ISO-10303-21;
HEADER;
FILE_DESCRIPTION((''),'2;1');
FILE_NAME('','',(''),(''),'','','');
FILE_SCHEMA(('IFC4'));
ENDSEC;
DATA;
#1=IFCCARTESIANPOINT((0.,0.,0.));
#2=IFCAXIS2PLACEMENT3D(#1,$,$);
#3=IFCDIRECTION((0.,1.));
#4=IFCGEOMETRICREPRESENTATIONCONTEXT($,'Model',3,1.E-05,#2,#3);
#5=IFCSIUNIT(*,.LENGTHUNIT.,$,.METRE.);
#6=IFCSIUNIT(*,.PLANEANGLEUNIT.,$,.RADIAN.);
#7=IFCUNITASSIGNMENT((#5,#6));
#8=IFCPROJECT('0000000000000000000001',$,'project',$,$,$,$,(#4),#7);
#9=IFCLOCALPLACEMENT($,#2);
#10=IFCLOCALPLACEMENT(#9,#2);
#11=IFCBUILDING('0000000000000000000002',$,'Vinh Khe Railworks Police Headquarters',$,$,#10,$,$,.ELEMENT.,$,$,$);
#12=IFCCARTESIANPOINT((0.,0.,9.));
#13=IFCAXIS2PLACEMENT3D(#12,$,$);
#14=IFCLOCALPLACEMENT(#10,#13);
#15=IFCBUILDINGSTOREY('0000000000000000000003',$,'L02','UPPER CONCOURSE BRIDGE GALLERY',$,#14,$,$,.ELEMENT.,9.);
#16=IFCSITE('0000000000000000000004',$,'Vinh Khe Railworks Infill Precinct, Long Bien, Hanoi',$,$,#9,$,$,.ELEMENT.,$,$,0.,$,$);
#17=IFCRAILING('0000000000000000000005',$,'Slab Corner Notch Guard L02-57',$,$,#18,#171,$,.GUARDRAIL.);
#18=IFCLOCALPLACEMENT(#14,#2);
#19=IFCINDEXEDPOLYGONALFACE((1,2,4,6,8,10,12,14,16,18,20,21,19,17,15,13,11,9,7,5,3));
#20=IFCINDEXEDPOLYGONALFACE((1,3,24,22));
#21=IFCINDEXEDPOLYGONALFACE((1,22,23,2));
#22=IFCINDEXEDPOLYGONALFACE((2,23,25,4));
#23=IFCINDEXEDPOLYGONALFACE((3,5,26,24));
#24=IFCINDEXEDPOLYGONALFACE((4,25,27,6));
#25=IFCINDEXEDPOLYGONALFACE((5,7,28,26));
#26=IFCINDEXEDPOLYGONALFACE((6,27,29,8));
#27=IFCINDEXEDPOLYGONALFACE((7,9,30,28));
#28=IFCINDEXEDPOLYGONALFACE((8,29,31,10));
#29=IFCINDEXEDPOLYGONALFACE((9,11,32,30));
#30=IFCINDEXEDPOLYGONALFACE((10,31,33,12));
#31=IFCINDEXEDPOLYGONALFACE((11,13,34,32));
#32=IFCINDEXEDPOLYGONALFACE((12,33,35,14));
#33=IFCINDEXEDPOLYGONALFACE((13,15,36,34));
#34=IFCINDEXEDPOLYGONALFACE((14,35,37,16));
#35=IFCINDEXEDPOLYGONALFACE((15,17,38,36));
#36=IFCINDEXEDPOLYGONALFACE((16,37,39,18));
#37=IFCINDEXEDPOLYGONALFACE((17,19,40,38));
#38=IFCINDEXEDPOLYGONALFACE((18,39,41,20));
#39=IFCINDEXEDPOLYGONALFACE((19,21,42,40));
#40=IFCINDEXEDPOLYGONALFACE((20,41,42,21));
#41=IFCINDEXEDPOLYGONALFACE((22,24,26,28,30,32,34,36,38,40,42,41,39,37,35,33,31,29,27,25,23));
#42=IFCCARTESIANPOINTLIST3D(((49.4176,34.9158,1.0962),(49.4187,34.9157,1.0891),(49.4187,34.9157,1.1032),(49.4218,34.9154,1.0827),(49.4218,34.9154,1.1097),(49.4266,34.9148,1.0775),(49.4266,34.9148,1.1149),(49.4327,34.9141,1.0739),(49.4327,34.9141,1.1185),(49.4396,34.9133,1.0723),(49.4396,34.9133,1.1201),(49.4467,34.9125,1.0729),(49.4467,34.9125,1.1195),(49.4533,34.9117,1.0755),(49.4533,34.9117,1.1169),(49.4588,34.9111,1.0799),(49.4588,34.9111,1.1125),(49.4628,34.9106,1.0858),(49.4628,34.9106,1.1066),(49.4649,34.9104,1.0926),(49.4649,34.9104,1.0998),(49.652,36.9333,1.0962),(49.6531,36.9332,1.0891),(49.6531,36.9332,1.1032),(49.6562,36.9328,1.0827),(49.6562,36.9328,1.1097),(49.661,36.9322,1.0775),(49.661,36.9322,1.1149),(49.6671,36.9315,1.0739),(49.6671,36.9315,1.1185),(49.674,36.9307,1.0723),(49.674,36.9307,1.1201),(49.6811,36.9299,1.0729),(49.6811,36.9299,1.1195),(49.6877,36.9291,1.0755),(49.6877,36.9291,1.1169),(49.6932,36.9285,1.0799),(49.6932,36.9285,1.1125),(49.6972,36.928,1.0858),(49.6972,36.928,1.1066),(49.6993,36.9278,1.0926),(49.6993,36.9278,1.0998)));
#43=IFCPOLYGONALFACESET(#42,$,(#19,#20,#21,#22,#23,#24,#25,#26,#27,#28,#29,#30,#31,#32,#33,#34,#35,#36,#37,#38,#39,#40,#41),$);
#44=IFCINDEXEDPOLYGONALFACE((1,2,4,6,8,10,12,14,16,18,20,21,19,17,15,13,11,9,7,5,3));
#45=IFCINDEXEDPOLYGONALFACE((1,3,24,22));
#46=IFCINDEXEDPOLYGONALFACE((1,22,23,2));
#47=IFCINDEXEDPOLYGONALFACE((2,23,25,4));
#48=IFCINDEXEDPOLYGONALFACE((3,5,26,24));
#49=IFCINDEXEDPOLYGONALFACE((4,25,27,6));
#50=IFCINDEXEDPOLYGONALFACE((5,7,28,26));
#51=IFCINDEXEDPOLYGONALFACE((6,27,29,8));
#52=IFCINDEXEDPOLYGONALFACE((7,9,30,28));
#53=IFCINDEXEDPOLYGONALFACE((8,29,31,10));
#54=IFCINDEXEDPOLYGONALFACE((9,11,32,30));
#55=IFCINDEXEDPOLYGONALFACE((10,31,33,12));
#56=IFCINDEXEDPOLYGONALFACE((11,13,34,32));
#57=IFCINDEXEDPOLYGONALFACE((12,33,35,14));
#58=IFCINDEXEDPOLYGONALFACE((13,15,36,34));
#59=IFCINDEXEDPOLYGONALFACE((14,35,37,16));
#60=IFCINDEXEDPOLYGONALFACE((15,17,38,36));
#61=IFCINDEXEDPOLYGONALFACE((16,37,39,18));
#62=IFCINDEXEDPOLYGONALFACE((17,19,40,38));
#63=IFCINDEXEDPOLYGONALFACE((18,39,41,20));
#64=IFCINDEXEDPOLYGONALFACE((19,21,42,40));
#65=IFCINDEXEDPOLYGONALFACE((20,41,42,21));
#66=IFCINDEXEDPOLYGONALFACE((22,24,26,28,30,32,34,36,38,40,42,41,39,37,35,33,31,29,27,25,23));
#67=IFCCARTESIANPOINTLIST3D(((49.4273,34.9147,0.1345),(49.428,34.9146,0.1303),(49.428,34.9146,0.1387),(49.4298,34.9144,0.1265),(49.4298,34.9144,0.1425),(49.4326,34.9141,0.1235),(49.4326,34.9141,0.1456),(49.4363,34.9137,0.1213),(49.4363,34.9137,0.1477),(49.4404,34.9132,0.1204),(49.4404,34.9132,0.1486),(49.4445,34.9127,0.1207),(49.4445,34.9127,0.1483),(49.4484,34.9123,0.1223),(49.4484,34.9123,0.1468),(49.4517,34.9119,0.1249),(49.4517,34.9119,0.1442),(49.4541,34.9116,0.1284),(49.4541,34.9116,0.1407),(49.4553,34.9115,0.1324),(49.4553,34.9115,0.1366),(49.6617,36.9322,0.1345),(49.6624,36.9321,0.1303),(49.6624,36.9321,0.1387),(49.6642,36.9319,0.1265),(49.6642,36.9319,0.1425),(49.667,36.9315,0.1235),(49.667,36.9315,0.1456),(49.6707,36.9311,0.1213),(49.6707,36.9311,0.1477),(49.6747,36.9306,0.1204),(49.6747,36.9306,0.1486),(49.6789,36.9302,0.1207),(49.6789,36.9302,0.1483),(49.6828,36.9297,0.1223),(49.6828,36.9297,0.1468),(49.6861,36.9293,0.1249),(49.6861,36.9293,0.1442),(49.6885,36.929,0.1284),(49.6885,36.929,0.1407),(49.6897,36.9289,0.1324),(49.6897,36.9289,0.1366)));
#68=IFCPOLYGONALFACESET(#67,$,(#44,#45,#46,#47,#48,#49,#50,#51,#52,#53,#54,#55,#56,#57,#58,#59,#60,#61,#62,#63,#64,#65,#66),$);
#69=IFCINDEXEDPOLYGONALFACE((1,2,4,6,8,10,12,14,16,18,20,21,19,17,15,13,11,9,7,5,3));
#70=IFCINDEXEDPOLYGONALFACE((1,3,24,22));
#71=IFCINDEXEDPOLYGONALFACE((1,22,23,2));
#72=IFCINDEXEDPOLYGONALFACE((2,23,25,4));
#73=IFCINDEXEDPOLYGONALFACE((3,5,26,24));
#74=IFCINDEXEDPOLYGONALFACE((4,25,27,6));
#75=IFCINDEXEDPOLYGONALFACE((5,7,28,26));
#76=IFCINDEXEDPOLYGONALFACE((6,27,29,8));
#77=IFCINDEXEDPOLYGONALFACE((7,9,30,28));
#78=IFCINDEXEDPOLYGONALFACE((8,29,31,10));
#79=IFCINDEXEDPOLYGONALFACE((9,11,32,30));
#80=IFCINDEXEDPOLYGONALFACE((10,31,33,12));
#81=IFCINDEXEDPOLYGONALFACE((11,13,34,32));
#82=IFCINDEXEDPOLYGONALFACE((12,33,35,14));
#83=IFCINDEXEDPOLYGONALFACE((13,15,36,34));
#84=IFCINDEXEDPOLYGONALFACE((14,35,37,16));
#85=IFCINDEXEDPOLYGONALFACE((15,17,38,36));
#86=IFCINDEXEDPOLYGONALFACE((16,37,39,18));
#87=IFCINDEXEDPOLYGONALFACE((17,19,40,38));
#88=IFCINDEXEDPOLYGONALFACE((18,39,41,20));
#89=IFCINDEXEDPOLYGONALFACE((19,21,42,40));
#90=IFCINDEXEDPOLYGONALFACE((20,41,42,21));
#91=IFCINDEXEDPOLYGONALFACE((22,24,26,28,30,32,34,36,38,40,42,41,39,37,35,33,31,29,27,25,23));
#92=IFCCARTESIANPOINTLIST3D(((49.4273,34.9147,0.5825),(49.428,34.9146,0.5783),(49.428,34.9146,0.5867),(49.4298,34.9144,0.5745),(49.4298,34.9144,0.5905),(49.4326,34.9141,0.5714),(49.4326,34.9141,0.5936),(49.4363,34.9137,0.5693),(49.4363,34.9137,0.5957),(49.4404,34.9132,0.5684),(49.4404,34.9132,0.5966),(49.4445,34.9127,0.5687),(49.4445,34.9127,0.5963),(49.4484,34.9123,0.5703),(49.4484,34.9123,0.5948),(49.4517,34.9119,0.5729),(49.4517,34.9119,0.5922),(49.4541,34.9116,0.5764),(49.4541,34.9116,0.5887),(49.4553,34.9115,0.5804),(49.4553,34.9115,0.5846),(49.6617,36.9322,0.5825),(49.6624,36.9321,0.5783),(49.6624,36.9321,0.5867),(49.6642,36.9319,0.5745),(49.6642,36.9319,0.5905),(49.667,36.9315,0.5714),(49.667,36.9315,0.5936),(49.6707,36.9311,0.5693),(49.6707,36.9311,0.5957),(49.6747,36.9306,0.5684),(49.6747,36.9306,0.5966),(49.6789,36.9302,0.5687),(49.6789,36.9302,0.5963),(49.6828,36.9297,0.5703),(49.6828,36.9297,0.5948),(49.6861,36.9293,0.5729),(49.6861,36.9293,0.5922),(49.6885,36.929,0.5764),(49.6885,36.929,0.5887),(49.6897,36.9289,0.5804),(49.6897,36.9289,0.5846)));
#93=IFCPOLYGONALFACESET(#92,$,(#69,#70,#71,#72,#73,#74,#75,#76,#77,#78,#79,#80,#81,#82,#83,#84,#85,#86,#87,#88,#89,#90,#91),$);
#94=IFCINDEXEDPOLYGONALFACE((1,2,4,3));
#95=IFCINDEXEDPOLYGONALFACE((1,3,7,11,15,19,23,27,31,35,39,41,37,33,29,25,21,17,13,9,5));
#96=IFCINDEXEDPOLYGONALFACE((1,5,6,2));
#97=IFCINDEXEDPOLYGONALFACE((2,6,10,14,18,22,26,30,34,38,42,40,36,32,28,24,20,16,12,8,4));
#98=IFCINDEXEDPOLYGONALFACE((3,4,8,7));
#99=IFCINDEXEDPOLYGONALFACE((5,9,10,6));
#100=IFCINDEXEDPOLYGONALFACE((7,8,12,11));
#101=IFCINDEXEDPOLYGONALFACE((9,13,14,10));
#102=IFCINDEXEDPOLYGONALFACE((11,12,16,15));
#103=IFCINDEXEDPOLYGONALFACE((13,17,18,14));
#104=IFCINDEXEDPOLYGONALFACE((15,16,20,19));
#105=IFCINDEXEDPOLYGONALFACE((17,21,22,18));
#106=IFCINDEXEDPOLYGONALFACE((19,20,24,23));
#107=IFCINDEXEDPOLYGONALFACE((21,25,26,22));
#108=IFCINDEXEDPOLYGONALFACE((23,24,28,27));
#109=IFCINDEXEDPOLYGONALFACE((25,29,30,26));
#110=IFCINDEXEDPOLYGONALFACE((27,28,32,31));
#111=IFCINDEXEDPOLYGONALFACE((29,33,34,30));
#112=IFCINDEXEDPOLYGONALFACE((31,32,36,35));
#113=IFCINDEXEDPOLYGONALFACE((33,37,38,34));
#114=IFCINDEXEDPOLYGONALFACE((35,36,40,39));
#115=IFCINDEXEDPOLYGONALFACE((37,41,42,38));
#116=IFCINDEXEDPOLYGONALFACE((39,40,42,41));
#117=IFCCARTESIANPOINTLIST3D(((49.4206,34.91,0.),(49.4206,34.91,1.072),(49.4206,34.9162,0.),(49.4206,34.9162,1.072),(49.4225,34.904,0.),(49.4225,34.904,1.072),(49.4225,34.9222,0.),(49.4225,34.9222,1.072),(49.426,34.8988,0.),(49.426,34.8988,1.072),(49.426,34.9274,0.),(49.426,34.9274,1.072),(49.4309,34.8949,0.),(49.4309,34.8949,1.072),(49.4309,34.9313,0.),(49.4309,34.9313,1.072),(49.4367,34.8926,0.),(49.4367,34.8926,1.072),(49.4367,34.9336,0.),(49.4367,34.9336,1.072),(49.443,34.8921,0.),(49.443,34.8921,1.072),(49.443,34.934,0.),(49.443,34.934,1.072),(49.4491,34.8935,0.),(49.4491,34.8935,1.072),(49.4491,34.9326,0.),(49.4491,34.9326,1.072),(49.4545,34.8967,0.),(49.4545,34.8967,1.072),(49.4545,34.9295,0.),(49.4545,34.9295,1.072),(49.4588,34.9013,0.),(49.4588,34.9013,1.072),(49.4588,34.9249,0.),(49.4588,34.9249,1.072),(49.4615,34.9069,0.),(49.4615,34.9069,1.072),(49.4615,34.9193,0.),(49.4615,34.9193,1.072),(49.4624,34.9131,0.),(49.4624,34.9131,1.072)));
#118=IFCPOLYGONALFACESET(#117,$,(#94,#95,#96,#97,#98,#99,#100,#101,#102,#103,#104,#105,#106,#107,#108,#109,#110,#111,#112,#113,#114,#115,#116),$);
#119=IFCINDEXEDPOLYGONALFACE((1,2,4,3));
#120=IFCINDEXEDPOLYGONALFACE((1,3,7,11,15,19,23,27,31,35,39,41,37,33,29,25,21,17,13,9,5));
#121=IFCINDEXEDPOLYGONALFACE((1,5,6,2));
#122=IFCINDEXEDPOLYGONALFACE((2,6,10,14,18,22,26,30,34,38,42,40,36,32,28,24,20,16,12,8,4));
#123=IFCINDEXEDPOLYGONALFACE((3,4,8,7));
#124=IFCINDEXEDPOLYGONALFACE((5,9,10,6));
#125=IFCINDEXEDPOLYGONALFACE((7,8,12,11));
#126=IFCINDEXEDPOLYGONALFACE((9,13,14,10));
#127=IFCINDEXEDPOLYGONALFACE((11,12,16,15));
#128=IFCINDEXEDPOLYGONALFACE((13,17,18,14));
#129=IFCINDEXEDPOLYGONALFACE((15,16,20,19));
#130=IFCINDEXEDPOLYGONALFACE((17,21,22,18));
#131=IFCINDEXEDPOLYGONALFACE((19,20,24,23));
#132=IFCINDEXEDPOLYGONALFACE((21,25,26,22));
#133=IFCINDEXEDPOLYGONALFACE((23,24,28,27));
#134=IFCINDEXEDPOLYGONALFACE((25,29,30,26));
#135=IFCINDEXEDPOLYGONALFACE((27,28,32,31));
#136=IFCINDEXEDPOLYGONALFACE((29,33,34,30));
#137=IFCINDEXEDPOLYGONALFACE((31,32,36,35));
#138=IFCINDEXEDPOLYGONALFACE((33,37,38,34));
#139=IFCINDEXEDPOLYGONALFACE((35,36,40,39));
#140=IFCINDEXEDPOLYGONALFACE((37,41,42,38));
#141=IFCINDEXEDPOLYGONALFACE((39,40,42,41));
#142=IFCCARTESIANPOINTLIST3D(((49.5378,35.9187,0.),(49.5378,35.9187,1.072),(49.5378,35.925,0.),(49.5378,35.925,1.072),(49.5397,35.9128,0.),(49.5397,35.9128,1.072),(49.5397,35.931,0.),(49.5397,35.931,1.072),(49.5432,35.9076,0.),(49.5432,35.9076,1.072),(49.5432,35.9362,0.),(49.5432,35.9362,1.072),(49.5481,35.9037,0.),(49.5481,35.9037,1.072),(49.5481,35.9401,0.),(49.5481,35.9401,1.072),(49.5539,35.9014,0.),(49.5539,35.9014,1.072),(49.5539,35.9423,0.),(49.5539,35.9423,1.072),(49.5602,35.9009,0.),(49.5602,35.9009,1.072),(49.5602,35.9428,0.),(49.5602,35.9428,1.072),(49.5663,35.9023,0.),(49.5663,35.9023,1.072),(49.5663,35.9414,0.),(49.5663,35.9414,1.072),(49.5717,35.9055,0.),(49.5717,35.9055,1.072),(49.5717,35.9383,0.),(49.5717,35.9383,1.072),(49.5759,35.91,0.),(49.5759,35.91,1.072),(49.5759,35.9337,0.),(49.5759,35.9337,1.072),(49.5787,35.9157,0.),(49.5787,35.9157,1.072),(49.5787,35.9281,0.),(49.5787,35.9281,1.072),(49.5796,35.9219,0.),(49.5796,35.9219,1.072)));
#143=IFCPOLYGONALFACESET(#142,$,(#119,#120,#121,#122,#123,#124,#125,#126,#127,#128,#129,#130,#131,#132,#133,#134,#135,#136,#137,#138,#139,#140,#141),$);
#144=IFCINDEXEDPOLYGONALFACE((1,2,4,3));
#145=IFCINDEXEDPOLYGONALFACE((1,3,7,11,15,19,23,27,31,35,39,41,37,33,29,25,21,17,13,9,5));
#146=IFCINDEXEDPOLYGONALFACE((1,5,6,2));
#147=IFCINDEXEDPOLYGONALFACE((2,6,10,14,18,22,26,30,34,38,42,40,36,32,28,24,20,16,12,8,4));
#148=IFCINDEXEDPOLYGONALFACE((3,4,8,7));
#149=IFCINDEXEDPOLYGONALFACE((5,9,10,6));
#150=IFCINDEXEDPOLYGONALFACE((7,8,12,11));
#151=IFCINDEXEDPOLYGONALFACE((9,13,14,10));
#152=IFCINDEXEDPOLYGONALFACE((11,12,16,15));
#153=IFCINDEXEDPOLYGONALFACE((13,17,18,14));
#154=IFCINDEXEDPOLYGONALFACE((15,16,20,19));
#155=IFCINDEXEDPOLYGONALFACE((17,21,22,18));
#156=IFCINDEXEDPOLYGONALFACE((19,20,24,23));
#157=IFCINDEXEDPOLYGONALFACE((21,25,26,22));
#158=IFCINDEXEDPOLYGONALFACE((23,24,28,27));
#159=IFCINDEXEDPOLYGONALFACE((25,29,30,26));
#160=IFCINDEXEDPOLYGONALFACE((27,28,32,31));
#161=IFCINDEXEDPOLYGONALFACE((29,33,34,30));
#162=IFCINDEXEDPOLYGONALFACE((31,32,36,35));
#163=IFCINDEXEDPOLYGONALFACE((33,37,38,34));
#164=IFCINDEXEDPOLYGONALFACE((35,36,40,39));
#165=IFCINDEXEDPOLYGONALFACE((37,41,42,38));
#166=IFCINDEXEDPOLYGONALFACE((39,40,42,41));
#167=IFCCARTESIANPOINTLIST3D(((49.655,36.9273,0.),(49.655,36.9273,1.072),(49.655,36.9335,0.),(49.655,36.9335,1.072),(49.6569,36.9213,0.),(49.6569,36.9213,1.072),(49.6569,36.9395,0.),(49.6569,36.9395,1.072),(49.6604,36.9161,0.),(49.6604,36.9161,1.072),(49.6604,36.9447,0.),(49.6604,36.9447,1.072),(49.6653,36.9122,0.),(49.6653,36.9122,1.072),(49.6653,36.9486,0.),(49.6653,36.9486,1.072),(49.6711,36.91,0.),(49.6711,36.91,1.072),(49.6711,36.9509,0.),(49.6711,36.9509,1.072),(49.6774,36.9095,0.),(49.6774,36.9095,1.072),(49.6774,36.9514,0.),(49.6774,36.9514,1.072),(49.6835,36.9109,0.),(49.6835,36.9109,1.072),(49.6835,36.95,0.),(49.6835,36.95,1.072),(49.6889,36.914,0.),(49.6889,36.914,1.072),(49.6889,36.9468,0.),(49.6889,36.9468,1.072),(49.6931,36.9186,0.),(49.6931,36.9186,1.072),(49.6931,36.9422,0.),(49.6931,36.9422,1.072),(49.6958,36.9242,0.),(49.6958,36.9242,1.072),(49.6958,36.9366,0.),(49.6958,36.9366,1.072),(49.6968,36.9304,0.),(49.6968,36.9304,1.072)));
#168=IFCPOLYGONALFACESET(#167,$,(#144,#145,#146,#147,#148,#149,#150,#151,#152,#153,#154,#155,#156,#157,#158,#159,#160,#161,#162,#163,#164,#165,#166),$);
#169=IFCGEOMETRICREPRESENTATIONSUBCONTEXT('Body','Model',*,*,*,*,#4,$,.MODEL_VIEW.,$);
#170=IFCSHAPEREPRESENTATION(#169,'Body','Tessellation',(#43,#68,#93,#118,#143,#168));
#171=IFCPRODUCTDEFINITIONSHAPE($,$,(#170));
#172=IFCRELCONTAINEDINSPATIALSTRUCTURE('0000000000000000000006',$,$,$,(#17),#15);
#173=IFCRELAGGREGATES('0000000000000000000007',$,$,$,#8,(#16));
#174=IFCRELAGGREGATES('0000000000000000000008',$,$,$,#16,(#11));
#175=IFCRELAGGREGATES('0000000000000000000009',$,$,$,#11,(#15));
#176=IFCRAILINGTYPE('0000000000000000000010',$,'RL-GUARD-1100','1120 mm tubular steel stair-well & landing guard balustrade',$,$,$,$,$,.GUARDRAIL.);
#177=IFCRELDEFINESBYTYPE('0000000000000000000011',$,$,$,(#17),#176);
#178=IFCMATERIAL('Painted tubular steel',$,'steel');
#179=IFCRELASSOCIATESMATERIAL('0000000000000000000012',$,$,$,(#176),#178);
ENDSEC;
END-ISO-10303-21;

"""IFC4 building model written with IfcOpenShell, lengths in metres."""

from ifc_helpers import new_model, si_unit, direction, frame, origin, origin_2d, place, context, subcontext, project, spatial, circle, extrude, material, type_object, element, save


model = new_model("IFC4")

# Units and contexts
model_context = context("Model", 3, precision=1e-05, world=origin(), true_north=direction((0.0, 1.0)))
body_context = subcontext(model_context, "Body", "Model", "MODEL_VIEW")
ifc_project = project(units=[si_unit("LENGTHUNIT", "METRE"), si_unit("PLANEANGLEUNIT", "RADIAN")], contexts=[model_context])

# Site, building, storey
site_placement = place(None, origin())
site = spatial("IfcSite", under=ifc_project, at=site_placement, Name="Vinh Khe Railworks Infill Precinct, Long Bien, Hanoi", CompositionType="ELEMENT", RefElevation=0.0)
building_placement = place(site_placement, origin())
building = spatial("IfcBuilding", under=site, at=building_placement, Name="Vinh Khe Railworks Police Headquarters", CompositionType="ELEMENT")
storey_placement = place(building_placement, frame((0.0, 0.0, 9.0)))
storey = spatial("IfcBuildingStorey", under=building, at=storey_placement, Name="L02", Description="UPPER CONCOURSE BRIDGE GALLERY", CompositionType="ELEMENT", Elevation=9.0)

# Railing
ifc_material_1 = material(Name="Painted tubular steel", Category="steel")
railing_type = type_object("IfcRailingType", Name="RL-GUARD-1100", Description="1120 mm tubular steel stair-well & landing guard balustrade", PredefinedType="GUARDRAIL", material=ifc_material_1)
railing_1_placement = place(storey_placement, frame((49.4414, 34.9131, 0.0)))
element("IfcRailing", 1, at=railing_1_placement, inside=storey, type_object=railing_type, Name="Slab Corner Notch Guard L02-57", PredefinedType="GUARDRAIL", context=body_context, shape_type="SweptSolid", body=[
    extrude(circle(Radius=0.0239, at=origin_2d()), frame((0.0, 0.0, 1.0962), z_axis=(0.115404, 0.993319, 0.0), x_axis=(-0.993319, 0.115404, 0.0)), (0.0, 0.0, 1.0), 2.031),
    extrude(circle(Radius=0.0142, at=origin_2d()), frame((0.0, 0.0, 0.1345), z_axis=(0.115404, 0.993319, 0.0), x_axis=(-0.993319, 0.115404, 0.0)), (0.0, 0.0, 1.0), 2.031),
    extrude(circle(Radius=0.0142, at=origin_2d()), frame((0.0, 0.0, 0.5825), z_axis=(0.115404, 0.993319, 0.0), x_axis=(-0.993319, 0.115404, 0.0)), (0.0, 0.0, 1.0), 2.031),
    extrude(circle(Radius=0.021, at=origin_2d()), origin(), (0.0, 0.0, 1.0), 1.072),
    extrude(circle(Radius=0.021, at=origin_2d()), frame((0.1172, 1.0088, 0.0)), (0.0, 0.0, 1.0), 1.072),
    extrude(circle(Radius=0.021, at=origin_2d()), frame((0.2344, 2.0173, 0.0)), (0.0, 0.0, 1.0), 1.072),
])

save(model, "model.ifc")
